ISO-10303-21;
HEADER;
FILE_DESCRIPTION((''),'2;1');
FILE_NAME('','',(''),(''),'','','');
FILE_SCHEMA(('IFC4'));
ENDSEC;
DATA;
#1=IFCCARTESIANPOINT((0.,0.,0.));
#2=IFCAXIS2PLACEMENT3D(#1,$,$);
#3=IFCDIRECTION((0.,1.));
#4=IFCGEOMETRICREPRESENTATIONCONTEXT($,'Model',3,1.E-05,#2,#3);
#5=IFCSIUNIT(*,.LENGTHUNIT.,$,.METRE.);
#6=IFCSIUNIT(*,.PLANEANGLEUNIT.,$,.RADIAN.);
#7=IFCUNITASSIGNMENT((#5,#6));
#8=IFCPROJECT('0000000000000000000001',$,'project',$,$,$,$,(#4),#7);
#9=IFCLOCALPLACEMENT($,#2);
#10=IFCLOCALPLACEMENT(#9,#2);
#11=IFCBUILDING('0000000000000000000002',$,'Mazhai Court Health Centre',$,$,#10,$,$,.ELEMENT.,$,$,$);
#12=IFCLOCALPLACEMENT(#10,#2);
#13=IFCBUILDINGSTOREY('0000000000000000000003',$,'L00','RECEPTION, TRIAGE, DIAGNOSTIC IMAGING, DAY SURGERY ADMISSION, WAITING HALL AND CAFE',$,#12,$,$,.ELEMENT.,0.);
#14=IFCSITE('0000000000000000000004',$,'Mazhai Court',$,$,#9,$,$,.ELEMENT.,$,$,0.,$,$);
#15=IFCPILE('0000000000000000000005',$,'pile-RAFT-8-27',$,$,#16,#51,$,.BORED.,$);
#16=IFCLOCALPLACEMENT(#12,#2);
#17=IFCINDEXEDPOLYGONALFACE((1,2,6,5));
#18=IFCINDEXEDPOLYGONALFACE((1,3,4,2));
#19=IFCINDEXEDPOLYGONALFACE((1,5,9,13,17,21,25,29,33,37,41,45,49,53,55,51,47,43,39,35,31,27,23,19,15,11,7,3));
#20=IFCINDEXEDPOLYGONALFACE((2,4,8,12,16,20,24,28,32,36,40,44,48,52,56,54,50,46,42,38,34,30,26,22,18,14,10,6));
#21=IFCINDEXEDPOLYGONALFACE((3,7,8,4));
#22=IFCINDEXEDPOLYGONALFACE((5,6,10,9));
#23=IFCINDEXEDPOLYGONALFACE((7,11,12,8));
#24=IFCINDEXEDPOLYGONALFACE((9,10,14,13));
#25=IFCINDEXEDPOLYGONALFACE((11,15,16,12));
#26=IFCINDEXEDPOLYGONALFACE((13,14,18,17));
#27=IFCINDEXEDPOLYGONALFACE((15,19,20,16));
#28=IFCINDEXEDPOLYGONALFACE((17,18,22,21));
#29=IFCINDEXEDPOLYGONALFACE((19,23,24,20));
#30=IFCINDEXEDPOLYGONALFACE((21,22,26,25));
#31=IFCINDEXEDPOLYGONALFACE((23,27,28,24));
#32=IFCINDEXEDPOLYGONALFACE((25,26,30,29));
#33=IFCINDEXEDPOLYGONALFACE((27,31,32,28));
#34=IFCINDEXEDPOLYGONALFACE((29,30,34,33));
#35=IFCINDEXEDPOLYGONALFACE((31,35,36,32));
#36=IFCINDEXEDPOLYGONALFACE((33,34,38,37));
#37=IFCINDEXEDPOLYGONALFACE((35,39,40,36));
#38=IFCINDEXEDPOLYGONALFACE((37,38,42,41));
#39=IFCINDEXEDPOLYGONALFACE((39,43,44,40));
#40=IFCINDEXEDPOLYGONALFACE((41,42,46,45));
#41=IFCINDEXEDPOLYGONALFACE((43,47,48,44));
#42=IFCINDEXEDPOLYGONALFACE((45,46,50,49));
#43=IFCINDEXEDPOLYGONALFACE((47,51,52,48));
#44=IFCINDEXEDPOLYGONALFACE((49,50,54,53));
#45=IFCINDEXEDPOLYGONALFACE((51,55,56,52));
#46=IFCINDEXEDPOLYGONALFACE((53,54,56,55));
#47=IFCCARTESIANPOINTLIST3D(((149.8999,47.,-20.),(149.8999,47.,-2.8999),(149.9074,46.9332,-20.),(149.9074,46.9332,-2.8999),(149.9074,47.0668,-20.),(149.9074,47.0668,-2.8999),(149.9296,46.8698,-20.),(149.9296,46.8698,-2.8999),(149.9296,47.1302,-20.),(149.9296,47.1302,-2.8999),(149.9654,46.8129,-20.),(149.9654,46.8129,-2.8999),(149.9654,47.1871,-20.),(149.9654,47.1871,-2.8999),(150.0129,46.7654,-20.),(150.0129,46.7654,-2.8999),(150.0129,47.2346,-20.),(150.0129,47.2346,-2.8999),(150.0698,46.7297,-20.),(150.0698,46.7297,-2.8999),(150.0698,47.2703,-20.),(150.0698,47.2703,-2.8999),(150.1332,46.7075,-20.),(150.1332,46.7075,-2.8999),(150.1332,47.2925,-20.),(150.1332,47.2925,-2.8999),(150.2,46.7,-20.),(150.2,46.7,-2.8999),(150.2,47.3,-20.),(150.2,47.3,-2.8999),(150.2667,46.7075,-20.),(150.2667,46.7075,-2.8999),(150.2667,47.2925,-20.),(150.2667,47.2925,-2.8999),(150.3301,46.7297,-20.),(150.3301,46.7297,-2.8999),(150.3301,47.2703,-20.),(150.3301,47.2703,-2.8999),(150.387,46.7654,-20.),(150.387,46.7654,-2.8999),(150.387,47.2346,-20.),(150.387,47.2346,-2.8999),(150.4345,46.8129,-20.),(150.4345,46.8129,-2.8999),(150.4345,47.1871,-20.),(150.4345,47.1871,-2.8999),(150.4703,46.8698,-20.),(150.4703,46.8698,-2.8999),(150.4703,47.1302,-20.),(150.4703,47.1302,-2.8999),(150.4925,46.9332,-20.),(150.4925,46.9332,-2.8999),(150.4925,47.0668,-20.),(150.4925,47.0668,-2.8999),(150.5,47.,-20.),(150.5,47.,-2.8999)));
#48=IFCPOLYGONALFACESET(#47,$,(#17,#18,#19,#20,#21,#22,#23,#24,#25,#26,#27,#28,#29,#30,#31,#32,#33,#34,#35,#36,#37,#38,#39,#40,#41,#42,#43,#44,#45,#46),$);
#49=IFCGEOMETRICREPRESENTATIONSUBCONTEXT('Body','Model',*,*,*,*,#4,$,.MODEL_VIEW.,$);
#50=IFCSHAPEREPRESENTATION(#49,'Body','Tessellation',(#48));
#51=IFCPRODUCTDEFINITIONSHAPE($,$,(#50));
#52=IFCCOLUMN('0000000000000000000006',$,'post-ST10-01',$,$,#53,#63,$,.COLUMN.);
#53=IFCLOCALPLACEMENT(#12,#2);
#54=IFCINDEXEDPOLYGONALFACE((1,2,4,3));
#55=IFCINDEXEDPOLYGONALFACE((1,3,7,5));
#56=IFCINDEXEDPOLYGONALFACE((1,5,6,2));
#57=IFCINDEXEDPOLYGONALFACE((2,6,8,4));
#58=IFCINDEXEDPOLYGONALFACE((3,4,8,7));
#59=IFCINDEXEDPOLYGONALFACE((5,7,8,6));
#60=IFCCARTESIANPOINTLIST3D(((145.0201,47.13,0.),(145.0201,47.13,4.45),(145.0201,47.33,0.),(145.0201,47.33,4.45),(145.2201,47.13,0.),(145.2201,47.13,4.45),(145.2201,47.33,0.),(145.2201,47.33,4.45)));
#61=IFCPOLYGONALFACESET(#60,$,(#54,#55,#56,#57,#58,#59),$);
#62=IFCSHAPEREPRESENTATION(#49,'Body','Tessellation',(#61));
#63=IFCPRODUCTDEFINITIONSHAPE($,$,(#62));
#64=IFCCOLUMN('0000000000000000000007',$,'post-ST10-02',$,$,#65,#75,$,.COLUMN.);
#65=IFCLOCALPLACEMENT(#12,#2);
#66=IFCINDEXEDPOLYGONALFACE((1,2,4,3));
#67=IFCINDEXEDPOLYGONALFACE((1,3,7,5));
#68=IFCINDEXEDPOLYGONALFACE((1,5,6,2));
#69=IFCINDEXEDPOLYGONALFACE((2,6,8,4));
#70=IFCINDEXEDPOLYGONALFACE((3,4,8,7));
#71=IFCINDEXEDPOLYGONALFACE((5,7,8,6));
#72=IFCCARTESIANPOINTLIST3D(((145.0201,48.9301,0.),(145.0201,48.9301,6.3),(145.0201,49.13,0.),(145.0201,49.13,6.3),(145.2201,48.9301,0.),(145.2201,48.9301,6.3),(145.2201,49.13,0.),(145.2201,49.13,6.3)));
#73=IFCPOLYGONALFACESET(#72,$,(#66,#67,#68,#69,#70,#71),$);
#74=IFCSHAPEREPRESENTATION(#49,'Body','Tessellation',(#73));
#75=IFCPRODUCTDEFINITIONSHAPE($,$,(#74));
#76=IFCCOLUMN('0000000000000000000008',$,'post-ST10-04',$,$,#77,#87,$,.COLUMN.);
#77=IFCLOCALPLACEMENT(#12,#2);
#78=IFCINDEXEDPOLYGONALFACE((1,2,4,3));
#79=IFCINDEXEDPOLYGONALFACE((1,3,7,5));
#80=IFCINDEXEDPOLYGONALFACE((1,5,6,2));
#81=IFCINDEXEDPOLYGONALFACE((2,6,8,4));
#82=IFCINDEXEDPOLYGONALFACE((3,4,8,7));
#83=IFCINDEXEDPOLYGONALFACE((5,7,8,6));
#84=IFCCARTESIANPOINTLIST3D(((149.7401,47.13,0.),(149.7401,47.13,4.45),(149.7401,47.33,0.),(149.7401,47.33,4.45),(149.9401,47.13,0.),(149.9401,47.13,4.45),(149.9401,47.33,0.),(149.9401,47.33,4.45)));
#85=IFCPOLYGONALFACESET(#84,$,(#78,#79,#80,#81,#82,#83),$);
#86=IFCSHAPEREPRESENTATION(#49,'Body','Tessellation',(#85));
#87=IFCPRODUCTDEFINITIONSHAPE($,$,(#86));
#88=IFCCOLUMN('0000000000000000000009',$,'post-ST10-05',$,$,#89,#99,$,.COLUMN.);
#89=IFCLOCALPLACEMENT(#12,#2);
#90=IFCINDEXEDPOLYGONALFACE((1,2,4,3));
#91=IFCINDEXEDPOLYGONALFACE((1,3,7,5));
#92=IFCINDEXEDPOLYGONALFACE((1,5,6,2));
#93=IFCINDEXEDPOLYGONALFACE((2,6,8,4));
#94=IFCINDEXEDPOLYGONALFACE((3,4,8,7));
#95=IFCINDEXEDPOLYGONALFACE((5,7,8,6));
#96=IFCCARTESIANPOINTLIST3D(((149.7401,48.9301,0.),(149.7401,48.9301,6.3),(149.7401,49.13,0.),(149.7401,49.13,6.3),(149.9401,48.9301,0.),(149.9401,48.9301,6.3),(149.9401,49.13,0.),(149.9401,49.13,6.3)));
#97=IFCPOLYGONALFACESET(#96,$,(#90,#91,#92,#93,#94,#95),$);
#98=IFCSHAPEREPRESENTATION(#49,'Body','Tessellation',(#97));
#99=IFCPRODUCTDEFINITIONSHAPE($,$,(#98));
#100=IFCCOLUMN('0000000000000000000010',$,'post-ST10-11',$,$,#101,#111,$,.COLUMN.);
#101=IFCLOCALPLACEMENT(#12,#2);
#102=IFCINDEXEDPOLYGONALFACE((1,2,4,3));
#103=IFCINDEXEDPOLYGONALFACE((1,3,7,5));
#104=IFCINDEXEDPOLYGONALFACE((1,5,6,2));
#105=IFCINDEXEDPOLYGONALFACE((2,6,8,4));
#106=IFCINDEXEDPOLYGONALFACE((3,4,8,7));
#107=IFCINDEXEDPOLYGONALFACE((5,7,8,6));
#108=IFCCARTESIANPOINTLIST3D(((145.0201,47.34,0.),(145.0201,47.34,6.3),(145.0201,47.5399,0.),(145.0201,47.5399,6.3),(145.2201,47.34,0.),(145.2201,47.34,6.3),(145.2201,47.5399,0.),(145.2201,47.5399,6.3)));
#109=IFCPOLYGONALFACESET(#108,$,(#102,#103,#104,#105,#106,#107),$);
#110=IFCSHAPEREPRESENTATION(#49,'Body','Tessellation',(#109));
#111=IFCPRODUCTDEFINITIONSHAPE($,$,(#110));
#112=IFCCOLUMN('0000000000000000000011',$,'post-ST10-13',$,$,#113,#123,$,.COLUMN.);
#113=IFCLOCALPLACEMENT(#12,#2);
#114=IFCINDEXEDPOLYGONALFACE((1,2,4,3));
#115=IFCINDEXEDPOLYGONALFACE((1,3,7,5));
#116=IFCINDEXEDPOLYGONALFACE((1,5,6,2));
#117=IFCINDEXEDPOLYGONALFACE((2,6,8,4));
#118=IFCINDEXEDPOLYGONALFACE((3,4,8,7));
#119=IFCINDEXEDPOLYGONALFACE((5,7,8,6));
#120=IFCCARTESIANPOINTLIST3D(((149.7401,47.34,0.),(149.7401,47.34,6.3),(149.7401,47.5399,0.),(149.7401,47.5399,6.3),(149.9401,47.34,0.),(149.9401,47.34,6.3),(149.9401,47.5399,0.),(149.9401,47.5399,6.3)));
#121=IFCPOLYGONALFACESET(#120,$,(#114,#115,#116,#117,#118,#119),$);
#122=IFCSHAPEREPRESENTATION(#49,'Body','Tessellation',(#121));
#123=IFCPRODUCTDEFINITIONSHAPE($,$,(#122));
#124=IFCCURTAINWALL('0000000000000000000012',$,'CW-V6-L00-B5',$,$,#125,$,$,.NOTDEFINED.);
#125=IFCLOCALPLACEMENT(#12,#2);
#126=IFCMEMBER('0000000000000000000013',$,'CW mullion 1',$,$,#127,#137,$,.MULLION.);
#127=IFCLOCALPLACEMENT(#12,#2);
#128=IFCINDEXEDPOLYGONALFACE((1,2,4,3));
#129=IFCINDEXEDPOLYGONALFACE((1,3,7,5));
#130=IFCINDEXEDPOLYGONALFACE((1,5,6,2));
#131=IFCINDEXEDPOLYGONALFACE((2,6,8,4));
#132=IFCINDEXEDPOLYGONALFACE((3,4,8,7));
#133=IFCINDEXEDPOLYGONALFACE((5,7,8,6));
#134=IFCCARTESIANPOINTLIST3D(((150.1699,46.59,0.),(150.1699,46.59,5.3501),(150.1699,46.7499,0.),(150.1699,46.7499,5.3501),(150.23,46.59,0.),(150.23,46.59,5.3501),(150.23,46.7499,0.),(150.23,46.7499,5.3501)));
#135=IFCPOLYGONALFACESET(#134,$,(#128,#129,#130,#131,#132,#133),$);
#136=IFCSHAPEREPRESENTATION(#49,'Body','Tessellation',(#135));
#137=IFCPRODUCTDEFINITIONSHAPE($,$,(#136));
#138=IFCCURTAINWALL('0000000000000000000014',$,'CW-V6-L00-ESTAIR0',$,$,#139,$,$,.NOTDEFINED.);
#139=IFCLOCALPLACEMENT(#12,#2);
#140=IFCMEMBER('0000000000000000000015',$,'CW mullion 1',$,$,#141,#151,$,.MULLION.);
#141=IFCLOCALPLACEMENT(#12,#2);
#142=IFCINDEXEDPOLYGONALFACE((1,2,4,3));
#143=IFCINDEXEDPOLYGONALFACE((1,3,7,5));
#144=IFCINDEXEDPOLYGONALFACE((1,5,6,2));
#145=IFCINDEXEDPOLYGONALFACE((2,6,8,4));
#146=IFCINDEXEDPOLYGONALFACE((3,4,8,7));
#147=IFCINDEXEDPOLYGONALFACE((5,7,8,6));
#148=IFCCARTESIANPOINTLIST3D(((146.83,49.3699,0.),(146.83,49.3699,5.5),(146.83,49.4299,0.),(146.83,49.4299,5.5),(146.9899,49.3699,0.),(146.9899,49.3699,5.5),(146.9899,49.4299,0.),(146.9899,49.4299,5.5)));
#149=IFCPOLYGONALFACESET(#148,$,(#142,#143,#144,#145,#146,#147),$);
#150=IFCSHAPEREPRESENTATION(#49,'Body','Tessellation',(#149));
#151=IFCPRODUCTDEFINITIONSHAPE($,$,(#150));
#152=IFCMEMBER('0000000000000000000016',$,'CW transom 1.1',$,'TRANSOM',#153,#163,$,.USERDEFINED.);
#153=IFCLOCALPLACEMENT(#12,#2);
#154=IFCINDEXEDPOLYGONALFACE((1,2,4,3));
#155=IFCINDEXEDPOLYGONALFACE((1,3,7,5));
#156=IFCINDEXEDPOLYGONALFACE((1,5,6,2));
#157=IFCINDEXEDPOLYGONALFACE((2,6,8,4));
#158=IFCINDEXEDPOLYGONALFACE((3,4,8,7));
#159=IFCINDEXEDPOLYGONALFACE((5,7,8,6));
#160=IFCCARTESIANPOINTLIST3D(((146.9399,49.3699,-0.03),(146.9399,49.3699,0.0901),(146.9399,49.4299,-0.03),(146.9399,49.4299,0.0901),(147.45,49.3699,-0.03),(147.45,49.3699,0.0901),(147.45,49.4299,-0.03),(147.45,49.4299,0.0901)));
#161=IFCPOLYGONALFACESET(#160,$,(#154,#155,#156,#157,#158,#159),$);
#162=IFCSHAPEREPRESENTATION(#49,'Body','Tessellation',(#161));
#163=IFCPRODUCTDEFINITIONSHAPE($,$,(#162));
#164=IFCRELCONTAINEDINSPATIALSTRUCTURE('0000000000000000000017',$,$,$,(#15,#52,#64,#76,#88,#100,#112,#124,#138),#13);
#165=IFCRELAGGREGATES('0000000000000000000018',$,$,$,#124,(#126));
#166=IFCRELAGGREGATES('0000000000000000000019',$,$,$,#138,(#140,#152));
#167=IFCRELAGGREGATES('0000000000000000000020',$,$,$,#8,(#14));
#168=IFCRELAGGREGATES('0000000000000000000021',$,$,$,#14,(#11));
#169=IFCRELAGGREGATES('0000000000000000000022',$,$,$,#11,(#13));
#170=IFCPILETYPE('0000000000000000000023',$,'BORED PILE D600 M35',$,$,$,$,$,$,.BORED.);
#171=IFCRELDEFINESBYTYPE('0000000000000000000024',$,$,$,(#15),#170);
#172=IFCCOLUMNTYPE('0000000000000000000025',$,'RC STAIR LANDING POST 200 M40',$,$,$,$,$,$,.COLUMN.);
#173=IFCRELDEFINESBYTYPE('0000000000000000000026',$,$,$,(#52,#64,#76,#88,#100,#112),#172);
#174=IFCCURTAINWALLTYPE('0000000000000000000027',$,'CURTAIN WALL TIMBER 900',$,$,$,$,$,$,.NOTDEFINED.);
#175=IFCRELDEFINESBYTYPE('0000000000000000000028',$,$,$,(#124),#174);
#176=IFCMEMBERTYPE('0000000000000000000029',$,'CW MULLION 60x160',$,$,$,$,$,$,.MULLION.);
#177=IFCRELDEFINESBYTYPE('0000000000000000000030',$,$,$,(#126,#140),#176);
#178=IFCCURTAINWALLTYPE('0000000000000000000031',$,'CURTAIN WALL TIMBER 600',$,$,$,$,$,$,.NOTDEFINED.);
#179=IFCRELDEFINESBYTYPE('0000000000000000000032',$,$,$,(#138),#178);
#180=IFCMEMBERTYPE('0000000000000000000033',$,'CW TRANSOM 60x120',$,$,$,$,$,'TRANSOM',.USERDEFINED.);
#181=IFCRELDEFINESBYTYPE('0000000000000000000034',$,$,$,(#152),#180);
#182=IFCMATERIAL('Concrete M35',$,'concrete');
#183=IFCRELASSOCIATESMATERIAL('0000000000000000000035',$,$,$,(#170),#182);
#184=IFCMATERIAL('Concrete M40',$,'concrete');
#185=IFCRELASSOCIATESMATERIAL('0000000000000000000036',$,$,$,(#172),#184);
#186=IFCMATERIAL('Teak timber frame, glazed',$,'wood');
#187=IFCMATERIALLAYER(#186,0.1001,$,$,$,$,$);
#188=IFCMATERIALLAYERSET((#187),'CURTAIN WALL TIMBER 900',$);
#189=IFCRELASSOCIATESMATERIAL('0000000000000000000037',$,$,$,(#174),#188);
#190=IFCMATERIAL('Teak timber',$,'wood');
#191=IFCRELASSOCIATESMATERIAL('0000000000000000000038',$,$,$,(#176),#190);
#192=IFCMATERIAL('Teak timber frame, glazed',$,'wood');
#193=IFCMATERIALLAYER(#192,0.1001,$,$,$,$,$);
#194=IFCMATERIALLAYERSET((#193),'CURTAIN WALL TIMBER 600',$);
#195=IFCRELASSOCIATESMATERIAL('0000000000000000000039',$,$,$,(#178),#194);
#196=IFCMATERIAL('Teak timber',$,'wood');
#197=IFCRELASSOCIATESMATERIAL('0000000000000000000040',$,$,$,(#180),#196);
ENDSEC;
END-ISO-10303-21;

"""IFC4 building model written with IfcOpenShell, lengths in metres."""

from ifc_helpers import new_model, si_unit, direction, frame, origin, origin_2d, place, context, subcontext, project, spatial, rectangle, circle, extrude, material, layer, layer_set, material_profile, profile_set, type_object, element, aggregate, save


model = new_model("IFC4")

# Units and contexts
model_context = context("Model", 3, precision=1e-05, world=origin(), true_north=direction((0.0, 1.0)))
body_context = subcontext(model_context, "Body", "Model", "MODEL_VIEW")
ifc_project = project(units=[si_unit("LENGTHUNIT", "METRE"), si_unit("PLANEANGLEUNIT", "RADIAN")], contexts=[model_context])

# Site, building, storey
site_placement = place(None, origin())
site = spatial("IfcSite", under=ifc_project, at=site_placement, Name="Mazhai Court", CompositionType="ELEMENT", RefElevation=0.0)
building_placement = place(site_placement, origin())
building = spatial("IfcBuilding", under=site, at=building_placement, Name="Mazhai Court Health Centre", CompositionType="ELEMENT")
storey_placement = place(building_placement, origin())
storey = spatial("IfcBuildingStorey", under=building, at=storey_placement, Name="L00", Description="RECEPTION, TRIAGE, DIAGNOSTIC IMAGING, DAY SURGERY ADMISSION, WAITING HALL AND CAFE", CompositionType="ELEMENT", Elevation=0.0)

# Pile
ifc_material_1 = material(Name="Concrete M35", Category="concrete")
ifc_material_profile_1 = material_profile(ifc_material_1, circle(Radius=0.3, at=origin_2d()), Name="RC PILE D600")
ifc_profile_set_1 = profile_set([ifc_material_profile_1], Name="Concrete M35")
pile_type = type_object("IfcPileType", Name="BORED PILE D600 M35", PredefinedType="BORED", material=ifc_profile_set_1)
for number, where, z_axis, x_axis, name in (
    (1, (150.2, 47.0, -2.8999), (0.0, 0.0, -1.0), (1.0, 0.0, 0.0), "pile-RAFT-8-27"),
):
    element("IfcPile", number, at=place(storey_placement, frame(where, z_axis=z_axis, x_axis=x_axis)), inside=storey, type_object=pile_type, Name=name, PredefinedType="BORED", context=body_context, shape_type="SweptSolid", body=[
        extrude(circle(Radius=0.3, at=origin_2d()), origin(), (0.0, 0.0, 1.0), 17.1001),
    ])

# Columns
ifc_material_2 = material(Name="Concrete M40", Category="concrete")
ifc_material_profile_2 = material_profile(ifc_material_2, rectangle(XDim=0.2, YDim=0.2, at=origin_2d()), Name="RC 200x200")
ifc_profile_set_2 = profile_set([ifc_material_profile_2], Name="Concrete M40")
column_type = type_object("IfcColumnType", Name="RC STAIR LANDING POST 200 M40", PredefinedType="COLUMN", material=ifc_profile_set_2)
column_1_placement = place(storey_placement, frame((145.1201, 47.23, 0.0), z_axis=(0.0, 0.0, 1.0), x_axis=(1.0, 0.0, 0.0)))
element("IfcColumn", 2, at=column_1_placement, inside=storey, type_object=column_type, Name="post-ST10-01", PredefinedType="COLUMN", context=body_context, shape_type="SweptSolid", body=[
    extrude(rectangle(XDim=0.2, YDim=0.2, at=origin_2d()), origin(), (0.0, 0.0, 1.0), 4.45),
])
column_2_placement = place(storey_placement, frame((145.1201, 49.03, 0.0), z_axis=(0.0, 0.0, 1.0), x_axis=(1.0, 0.0, 0.0)))
element("IfcColumn", 3, at=column_2_placement, inside=storey, type_object=column_type, Name="post-ST10-02", PredefinedType="COLUMN", context=body_context, shape_type="SweptSolid", body=[
    extrude(rectangle(XDim=0.2, YDim=0.2, at=origin_2d()), origin(), (0.0, 0.0, 1.0), 6.3),
])
column_3_placement = place(storey_placement, frame((149.8401, 47.23, 0.0), z_axis=(0.0, 0.0, 1.0), x_axis=(1.0, 0.0, 0.0)))
element("IfcColumn", 4, at=column_3_placement, inside=storey, type_object=column_type, Name="post-ST10-04", PredefinedType="COLUMN", context=body_context, shape_type="SweptSolid", body=[
    extrude(rectangle(XDim=0.2, YDim=0.2, at=origin_2d()), origin(), (0.0, 0.0, 1.0), 4.45),
])
for number, where, z_axis, x_axis, name in (
    (5, (149.8401, 49.03, 0.0), (0.0, 0.0, 1.0), (1.0, 0.0, 0.0), "post-ST10-05"),
    (6, (145.1201, 47.4399, 0.0), (0.0, 0.0, 1.0), (1.0, 0.0, 0.0), "post-ST10-11"),
    (7, (149.8401, 47.4399, 0.0), (0.0, 0.0, 1.0), (1.0, 0.0, 0.0), "post-ST10-13"),
):
    element("IfcColumn", number, at=place(storey_placement, frame(where, z_axis=z_axis, x_axis=x_axis)), inside=storey, type_object=column_type, Name=name, PredefinedType="COLUMN", context=body_context, shape_type="SweptSolid", body=[
        extrude(rectangle(XDim=0.2, YDim=0.2, at=origin_2d()), origin(), (0.0, 0.0, 1.0), 6.3),
    ])

# Curtain wall, member
ifc_material_3 = material(Name="Teak timber frame, glazed", Category="wood")
ifc_layer_1 = layer(ifc_material_3, 0.1001)
ifc_layer_set_1 = layer_set([ifc_layer_1], Name="CURTAIN WALL TIMBER 900")
curtain_wall_type_1 = type_object("IfcCurtainWallType", Name="CURTAIN WALL TIMBER 900", PredefinedType="NOTDEFINED", material=ifc_layer_set_1)
curtain_wall_1_placement = place(storey_placement, origin())
curtain_wall_1 = element("IfcCurtainWall", 8, at=curtain_wall_1_placement, inside=storey, type_object=curtain_wall_type_1, Name="CW-V6-L00-B5", PredefinedType="NOTDEFINED")
ifc_material_4 = material(Name="Teak timber", Category="wood")
ifc_material_profile_3 = material_profile(ifc_material_4, rectangle(XDim=0.0601, YDim=0.1599, at=origin_2d()), Name="CW MULLION 60x160")
ifc_profile_set_3 = profile_set([ifc_material_profile_3], Name="Teak timber")
member_type_1 = type_object("IfcMemberType", Name="CW MULLION 60x160", PredefinedType="MULLION", material=ifc_profile_set_3)
member_1_placement = place(storey_placement, frame((150.2, 46.6699, 0.0), z_axis=(0.0, 0.0, 1.0), x_axis=(1.0, 0.0, 0.0)))
member_1 = element("IfcMember", 9, at=member_1_placement, type_object=member_type_1, Name="CW mullion 1", PredefinedType="MULLION", context=body_context, shape_type="SweptSolid", body=[
    extrude(rectangle(XDim=0.0601, YDim=0.1599, at=origin_2d()), origin(), (0.0, 0.0, 1.0), 5.3501),
])
aggregate(curtain_wall_1, [member_1])

# Curtain wall, members
ifc_material_5 = material(Name="Teak timber frame, glazed", Category="wood")
ifc_layer_2 = layer(ifc_material_5, 0.1001)
ifc_layer_set_2 = layer_set([ifc_layer_2], Name="CURTAIN WALL TIMBER 600")
curtain_wall_type_2 = type_object("IfcCurtainWallType", Name="CURTAIN WALL TIMBER 600", PredefinedType="NOTDEFINED", material=ifc_layer_set_2)
curtain_wall_2_placement = place(storey_placement, origin())
curtain_wall_2 = element("IfcCurtainWall", 10, at=curtain_wall_2_placement, inside=storey, type_object=curtain_wall_type_2, Name="CW-V6-L00-ESTAIR0", PredefinedType="NOTDEFINED")
member_2_placement = place(storey_placement, frame((146.9099, 49.3999, 0.0), z_axis=(0.0, 0.0, 1.0), x_axis=(0.0, 1.0, 0.0)))
member_2 = element("IfcMember", 11, at=member_2_placement, type_object=member_type_1, Name="CW mullion 1", PredefinedType="MULLION", context=body_context, shape_type="SweptSolid", body=[
    extrude(rectangle(XDim=0.0601, YDim=0.1599, at=origin_2d()), origin(), (0.0, 0.0, 1.0), 5.5),
])
ifc_material_6 = material(Name="Teak timber", Category="wood")
ifc_material_profile_4 = material_profile(ifc_material_6, rectangle(XDim=0.0601, YDim=0.1201, at=origin_2d()), Name="CW TRANSOM 60x120")
ifc_profile_set_4 = profile_set([ifc_material_profile_4], Name="Teak timber")
member_type_2 = type_object("IfcMemberType", Name="CW TRANSOM 60x120", ElementType="TRANSOM", PredefinedType="USERDEFINED", material=ifc_profile_set_4)
member_3_placement = place(storey_placement, frame((146.9399, 49.3999, 0.03), z_axis=(1.0, 0.0, 0.0), x_axis=(0.0, 1.0, 0.0)))
member_3 = element("IfcMember", 12, at=member_3_placement, type_object=member_type_2, Name="CW transom 1.1", ObjectType="TRANSOM", PredefinedType="USERDEFINED", context=body_context, shape_type="SweptSolid", body=[
    extrude(rectangle(XDim=0.0601, YDim=0.1201, at=origin_2d()), origin(), (0.0, 0.0, 1.0), 0.51),
])
aggregate(curtain_wall_2, [member_2, member_3])

save(model, "model.ifc")
